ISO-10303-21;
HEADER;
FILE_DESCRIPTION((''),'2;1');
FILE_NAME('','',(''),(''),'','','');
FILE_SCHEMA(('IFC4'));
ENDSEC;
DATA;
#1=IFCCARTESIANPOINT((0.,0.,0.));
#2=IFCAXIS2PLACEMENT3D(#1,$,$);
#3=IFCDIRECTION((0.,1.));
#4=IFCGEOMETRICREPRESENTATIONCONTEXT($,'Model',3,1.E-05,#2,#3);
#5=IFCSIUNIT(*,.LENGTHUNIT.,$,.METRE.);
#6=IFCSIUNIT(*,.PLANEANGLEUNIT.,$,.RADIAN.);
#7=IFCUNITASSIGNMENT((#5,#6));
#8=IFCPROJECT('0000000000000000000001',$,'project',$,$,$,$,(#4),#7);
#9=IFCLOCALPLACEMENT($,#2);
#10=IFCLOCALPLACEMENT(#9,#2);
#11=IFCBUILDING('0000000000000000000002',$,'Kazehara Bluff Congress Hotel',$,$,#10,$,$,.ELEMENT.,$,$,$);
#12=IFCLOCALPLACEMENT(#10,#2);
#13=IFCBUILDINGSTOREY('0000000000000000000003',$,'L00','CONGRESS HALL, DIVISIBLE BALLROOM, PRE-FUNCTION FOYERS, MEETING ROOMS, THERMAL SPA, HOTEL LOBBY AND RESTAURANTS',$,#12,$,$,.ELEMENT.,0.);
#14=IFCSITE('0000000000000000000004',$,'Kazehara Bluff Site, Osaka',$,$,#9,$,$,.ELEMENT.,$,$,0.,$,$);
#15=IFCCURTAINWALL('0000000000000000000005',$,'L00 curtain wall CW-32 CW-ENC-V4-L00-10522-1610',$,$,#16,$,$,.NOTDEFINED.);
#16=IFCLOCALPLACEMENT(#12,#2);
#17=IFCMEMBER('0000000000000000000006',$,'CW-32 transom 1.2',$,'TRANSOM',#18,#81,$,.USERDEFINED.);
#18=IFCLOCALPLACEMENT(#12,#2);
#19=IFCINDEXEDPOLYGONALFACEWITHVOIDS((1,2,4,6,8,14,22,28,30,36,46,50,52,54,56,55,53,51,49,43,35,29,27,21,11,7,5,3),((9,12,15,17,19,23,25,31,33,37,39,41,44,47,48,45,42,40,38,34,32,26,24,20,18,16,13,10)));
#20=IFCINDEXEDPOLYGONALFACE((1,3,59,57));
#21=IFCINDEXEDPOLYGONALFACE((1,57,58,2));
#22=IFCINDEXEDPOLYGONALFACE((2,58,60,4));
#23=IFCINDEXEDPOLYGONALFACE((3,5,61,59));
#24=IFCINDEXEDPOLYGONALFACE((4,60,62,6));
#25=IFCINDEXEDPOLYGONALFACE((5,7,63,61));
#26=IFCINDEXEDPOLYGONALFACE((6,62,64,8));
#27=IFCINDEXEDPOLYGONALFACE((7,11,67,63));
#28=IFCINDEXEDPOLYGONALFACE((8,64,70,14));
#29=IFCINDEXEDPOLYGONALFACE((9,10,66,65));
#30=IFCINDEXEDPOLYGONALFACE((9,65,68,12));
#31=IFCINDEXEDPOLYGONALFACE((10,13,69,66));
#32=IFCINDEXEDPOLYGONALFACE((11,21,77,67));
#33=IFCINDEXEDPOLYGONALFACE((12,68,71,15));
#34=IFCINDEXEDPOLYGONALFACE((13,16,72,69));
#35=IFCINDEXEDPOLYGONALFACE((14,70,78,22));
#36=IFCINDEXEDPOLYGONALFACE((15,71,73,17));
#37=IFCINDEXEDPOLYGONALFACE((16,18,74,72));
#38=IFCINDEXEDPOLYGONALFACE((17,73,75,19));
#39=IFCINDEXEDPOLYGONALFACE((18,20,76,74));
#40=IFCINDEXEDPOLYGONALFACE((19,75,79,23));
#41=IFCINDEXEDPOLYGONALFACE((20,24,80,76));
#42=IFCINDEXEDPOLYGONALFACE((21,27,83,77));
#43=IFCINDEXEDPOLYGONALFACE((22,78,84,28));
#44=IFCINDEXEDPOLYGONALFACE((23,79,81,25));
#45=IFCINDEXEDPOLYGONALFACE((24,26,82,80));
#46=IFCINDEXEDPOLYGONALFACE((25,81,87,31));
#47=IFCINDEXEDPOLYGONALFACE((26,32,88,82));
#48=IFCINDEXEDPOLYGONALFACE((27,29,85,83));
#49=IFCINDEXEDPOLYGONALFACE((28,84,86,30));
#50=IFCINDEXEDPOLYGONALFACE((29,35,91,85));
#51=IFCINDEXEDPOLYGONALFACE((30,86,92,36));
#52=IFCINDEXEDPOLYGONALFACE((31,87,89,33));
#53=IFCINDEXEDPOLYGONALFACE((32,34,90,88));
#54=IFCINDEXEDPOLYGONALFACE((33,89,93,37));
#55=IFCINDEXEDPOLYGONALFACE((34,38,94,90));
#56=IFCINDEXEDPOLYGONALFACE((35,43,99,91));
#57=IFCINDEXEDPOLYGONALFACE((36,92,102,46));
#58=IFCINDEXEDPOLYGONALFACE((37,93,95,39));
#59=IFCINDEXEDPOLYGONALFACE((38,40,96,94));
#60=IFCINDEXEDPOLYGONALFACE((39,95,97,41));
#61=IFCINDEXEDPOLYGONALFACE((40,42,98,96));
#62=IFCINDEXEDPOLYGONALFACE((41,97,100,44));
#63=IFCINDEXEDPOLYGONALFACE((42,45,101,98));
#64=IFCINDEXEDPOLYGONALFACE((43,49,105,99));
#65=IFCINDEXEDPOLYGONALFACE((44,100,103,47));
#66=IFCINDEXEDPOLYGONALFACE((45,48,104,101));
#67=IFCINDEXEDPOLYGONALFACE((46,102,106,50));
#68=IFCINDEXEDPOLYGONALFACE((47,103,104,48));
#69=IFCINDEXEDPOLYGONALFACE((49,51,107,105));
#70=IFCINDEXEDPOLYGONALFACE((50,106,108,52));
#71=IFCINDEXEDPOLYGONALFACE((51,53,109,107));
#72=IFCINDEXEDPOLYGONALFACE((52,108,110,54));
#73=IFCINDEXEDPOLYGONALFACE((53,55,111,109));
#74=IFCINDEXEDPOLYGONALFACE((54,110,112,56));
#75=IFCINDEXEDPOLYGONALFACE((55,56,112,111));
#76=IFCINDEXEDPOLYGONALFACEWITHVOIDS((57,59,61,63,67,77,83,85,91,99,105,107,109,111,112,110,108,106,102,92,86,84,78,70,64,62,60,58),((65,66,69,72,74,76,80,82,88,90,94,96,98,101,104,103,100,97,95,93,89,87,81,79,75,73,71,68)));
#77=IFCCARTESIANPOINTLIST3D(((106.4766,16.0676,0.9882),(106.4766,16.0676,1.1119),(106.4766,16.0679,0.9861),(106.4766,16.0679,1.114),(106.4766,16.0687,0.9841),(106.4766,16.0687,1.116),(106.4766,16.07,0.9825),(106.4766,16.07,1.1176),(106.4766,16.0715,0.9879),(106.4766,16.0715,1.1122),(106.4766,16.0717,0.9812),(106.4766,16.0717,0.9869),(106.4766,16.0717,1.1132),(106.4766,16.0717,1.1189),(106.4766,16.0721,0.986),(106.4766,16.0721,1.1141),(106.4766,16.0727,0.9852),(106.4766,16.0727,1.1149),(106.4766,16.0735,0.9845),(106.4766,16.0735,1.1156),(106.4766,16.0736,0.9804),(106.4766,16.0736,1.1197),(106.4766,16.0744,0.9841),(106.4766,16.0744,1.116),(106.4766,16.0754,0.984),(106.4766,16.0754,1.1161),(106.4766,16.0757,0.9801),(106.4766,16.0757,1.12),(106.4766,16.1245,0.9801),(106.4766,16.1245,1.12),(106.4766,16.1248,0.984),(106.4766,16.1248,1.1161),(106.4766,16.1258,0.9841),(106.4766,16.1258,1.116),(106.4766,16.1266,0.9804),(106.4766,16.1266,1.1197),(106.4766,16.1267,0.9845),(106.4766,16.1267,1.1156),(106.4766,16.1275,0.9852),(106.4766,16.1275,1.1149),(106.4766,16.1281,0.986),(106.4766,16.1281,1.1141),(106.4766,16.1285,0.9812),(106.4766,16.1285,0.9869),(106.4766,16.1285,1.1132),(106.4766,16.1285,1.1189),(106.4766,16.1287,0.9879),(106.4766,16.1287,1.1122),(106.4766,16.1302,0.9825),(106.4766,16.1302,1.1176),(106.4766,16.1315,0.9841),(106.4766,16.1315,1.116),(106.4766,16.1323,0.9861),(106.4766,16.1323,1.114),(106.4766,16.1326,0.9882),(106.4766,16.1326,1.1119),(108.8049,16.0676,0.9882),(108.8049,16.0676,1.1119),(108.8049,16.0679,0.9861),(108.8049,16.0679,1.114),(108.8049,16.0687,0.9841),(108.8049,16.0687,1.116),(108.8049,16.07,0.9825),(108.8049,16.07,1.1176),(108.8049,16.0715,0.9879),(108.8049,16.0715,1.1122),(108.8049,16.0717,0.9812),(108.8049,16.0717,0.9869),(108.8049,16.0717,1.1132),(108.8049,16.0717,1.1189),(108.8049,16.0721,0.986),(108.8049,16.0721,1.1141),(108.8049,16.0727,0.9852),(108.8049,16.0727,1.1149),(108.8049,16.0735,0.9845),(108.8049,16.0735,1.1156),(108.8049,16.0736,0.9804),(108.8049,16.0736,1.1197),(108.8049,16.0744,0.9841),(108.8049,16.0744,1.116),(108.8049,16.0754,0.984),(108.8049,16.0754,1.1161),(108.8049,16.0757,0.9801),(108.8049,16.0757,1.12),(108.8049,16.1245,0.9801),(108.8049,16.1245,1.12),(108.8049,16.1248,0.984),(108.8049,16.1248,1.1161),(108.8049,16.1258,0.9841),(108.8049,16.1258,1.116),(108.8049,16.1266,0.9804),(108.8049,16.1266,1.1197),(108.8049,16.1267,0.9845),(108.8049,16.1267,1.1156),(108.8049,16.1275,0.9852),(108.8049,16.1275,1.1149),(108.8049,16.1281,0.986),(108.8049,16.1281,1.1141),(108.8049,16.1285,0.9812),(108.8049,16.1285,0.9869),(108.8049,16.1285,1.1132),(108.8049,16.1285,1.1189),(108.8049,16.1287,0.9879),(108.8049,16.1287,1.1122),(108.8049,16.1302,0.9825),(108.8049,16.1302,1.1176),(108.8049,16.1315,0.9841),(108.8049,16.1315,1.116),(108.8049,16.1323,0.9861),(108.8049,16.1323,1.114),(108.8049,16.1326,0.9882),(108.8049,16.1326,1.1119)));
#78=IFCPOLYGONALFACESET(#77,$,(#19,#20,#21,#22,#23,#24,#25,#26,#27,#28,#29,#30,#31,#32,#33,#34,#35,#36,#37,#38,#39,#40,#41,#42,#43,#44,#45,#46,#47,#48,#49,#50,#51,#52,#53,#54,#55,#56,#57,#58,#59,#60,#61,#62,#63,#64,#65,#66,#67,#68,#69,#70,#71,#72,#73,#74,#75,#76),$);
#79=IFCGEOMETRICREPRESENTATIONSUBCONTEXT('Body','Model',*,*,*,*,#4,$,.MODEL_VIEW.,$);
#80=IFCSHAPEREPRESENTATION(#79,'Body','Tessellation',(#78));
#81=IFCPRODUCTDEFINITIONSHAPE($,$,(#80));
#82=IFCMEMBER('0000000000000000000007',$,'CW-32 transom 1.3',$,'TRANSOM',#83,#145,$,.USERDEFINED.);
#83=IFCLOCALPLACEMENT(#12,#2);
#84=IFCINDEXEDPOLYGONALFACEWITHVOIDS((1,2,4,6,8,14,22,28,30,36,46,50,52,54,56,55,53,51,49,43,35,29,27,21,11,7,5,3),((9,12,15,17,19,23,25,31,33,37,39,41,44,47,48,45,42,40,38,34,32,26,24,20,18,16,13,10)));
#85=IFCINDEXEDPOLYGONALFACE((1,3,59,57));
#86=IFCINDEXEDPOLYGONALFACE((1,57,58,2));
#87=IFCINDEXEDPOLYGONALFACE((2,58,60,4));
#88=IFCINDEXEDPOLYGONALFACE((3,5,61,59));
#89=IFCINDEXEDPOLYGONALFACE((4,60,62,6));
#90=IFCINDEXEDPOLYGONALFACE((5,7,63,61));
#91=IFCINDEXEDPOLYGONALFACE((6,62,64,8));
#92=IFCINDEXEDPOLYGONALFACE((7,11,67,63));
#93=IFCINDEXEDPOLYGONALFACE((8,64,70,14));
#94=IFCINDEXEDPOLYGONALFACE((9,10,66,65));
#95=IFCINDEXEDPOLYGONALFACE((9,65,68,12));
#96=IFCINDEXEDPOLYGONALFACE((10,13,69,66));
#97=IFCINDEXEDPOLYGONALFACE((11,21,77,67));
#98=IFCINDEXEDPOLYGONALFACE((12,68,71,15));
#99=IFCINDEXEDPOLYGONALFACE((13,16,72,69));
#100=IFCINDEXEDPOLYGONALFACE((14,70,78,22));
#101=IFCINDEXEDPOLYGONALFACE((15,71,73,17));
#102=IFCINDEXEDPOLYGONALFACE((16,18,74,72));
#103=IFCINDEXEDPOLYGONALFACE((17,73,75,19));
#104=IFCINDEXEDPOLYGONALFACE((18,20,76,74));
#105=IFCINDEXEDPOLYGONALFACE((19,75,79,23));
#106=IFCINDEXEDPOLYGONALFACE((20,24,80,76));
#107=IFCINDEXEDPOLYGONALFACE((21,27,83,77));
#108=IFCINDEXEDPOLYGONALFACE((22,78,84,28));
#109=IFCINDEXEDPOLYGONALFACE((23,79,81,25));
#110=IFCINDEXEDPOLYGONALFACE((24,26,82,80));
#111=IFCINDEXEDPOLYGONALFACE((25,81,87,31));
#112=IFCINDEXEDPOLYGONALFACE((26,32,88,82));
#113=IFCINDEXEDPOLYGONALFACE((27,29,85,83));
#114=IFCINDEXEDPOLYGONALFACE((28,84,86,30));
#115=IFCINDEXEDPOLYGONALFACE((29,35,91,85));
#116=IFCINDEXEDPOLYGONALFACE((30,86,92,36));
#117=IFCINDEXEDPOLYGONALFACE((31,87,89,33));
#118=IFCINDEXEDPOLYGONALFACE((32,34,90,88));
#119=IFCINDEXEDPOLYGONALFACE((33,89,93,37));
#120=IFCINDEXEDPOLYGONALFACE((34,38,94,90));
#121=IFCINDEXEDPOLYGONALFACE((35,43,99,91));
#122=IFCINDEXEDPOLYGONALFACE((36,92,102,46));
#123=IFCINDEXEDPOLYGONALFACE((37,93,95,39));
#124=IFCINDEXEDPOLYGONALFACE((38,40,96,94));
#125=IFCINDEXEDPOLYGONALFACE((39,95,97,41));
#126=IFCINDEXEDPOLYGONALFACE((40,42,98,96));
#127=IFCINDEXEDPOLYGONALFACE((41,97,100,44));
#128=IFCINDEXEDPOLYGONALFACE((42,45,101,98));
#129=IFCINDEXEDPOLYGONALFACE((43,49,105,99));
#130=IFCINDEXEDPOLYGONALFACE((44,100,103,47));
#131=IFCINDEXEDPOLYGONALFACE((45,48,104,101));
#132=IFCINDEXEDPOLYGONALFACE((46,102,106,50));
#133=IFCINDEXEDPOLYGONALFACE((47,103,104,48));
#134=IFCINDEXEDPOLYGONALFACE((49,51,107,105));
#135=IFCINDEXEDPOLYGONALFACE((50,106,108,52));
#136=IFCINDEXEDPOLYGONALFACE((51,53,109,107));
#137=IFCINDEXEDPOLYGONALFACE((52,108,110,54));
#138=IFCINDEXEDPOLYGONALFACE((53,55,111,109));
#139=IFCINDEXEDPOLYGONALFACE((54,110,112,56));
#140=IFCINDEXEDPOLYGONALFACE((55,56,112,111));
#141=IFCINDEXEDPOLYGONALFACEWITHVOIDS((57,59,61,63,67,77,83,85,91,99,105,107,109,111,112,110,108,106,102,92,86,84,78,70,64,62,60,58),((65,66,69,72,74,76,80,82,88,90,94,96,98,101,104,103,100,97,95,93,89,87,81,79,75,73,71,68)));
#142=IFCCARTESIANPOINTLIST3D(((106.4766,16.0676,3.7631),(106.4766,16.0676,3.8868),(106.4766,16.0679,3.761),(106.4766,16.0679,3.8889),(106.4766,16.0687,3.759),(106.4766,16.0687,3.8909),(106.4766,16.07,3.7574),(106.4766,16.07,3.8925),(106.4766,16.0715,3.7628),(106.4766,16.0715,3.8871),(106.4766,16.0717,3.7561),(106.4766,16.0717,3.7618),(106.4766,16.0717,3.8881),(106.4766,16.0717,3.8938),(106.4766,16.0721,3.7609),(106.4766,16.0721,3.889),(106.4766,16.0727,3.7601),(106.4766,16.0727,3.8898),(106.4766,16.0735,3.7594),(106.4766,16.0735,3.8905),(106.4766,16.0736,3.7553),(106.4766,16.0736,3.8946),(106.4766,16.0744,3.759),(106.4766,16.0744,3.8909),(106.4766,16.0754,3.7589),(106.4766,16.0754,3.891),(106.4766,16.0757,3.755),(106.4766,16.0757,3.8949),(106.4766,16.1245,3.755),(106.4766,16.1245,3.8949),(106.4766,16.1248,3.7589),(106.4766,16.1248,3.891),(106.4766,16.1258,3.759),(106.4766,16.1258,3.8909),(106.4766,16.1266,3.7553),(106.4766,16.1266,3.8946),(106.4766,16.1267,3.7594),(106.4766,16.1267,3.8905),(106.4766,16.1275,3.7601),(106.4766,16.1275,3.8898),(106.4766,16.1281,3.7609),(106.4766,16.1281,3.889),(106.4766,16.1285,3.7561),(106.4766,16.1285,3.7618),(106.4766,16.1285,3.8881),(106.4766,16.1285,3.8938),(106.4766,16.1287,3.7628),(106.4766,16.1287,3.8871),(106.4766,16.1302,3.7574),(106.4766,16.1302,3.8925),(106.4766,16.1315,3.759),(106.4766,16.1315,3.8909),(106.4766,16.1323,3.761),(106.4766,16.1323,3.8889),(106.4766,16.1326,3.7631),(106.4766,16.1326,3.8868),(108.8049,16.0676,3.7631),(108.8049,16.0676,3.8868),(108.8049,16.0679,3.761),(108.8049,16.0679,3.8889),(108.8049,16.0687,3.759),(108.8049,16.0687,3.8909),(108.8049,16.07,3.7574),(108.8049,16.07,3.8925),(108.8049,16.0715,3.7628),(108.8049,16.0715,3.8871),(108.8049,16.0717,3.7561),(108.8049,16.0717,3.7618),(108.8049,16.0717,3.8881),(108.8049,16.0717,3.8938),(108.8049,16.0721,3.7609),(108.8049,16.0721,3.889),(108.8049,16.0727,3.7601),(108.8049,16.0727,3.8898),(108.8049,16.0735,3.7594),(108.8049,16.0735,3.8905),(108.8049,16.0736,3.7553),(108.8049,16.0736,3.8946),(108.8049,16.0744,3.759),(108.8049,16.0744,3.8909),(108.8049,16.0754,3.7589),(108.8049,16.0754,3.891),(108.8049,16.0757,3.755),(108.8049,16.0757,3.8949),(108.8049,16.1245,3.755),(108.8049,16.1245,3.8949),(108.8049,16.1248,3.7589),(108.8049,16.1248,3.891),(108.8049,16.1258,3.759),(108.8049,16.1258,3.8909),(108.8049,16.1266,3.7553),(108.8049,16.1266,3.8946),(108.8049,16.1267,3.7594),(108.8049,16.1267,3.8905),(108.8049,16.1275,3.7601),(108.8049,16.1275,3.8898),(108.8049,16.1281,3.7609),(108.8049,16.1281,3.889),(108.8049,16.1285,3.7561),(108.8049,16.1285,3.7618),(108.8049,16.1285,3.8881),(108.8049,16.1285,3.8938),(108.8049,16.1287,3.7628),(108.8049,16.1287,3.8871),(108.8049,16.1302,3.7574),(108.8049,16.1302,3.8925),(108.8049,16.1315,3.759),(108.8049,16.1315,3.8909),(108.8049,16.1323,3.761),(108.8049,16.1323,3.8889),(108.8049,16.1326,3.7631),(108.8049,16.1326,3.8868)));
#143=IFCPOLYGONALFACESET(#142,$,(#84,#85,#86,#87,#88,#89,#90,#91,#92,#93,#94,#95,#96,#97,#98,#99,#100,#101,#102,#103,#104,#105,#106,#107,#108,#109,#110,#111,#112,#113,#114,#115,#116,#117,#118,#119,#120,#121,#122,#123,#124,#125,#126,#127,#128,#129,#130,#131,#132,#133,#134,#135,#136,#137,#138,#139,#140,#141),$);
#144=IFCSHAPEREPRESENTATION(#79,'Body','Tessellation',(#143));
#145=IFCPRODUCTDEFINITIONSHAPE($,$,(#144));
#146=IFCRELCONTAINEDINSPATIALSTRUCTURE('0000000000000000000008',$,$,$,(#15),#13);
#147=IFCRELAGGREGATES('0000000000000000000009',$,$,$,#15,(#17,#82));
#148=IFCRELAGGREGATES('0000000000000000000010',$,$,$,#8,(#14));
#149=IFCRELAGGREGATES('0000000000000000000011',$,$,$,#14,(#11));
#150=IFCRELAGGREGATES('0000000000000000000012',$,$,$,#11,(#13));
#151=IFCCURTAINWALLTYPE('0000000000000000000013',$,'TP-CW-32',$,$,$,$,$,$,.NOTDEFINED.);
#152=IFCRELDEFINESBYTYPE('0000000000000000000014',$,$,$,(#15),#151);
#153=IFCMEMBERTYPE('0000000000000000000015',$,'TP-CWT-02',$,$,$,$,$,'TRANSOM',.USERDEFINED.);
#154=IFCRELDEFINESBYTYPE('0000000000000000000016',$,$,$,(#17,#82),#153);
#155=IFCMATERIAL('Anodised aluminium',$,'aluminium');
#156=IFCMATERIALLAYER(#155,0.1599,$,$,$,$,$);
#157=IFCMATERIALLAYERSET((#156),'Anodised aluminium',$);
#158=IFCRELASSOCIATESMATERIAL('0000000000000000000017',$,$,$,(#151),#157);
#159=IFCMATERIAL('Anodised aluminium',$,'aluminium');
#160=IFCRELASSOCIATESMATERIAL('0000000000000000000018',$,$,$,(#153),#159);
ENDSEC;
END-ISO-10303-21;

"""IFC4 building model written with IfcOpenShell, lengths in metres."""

from ifc_helpers import new_model, si_unit, direction, frame, origin, origin_2d, place, context, subcontext, project, spatial, hollow_rectangle, extrude, material, layer, layer_set, material_profile, profile_set, type_object, element, aggregate, save


model = new_model("IFC4")

# Units and contexts
model_context = context("Model", 3, precision=1e-05, world=origin(), true_north=direction((0.0, 1.0)))
body_context = subcontext(model_context, "Body", "Model", "MODEL_VIEW")
ifc_project = project(units=[si_unit("LENGTHUNIT", "METRE"), si_unit("PLANEANGLEUNIT", "RADIAN")], contexts=[model_context])

# Site, building, storey
site_placement = place(None, origin())
site = spatial("IfcSite", under=ifc_project, at=site_placement, Name="Kazehara Bluff Site, Osaka", CompositionType="ELEMENT", RefElevation=0.0)
building_placement = place(site_placement, origin())
building = spatial("IfcBuilding", under=site, at=building_placement, Name="Kazehara Bluff Congress Hotel", CompositionType="ELEMENT")
storey_placement = place(building_placement, origin())
storey = spatial("IfcBuildingStorey", under=building, at=storey_placement, Name="L00", Description="CONGRESS HALL, DIVISIBLE BALLROOM, PRE-FUNCTION FOYERS, MEETING ROOMS, THERMAL SPA, HOTEL LOBBY AND RESTAURANTS", CompositionType="ELEMENT", Elevation=0.0)

# Curtain wall
ifc_material_1 = material(Name="Anodised aluminium", Category="aluminium")
ifc_layer_1 = layer(ifc_material_1, 0.1599)
ifc_layer_set_1 = layer_set([ifc_layer_1], Name="Anodised aluminium")
curtain_wall_type_1 = type_object("IfcCurtainWallType", Name="TP-CW-32", PredefinedType="NOTDEFINED", material=ifc_layer_set_1)
curtain_wall_1_placement = place(storey_placement, origin())
curtain_wall_1 = element("IfcCurtainWall", 1, at=curtain_wall_1_placement, inside=storey, type_object=curtain_wall_type_1, Name="L00 curtain wall CW-32 CW-ENC-V4-L00-10522-1610", PredefinedType="NOTDEFINED")

# Members
ifc_material_2 = material(Name="Anodised aluminium", Category="aluminium")
ifc_material_profile_1 = material_profile(ifc_material_2, hollow_rectangle(XDim=0.0649, YDim=0.1399, WallThickness=0.0039, InnerFilletRadius=0.0039, OuterFilletRadius=0.0081, at=origin_2d()))
ifc_profile_set_1 = profile_set([ifc_material_profile_1], Name="Anodised aluminium")
member_type_1 = type_object("IfcMemberType", Name="TP-CWT-02", ElementType="TRANSOM", PredefinedType="USERDEFINED", material=ifc_profile_set_1)
member_1_placement = place(storey_placement, frame((108.8049, 16.1001, 1.05), z_axis=(-1.0, 0.0, 0.0), x_axis=(0.0, -1.0, 0.0)))
member_1 = element("IfcMember", 2, at=member_1_placement, type_object=member_type_1, Name="CW-32 transom 1.2", ObjectType="TRANSOM", PredefinedType="USERDEFINED", context=body_context, shape_type="SweptSolid", body=[
    extrude(hollow_rectangle(XDim=0.0649, YDim=0.1399, WallThickness=0.0039, InnerFilletRadius=0.0039, OuterFilletRadius=0.0081, at=origin_2d()), origin(), (0.0, 0.0, 1.0), 2.3284),
])
member_2_placement = place(storey_placement, frame((108.8049, 16.1001, 3.825), z_axis=(-1.0, 0.0, 0.0), x_axis=(0.0, -1.0, 0.0)))
member_2 = element("IfcMember", 3, at=member_2_placement, type_object=member_type_1, Name="CW-32 transom 1.3", ObjectType="TRANSOM", PredefinedType="USERDEFINED", context=body_context, shape_type="SweptSolid", body=[
    extrude(hollow_rectangle(XDim=0.0649, YDim=0.1399, WallThickness=0.0039, InnerFilletRadius=0.0039, OuterFilletRadius=0.0081, at=origin_2d()), origin(), (0.0, 0.0, 1.0), 2.3284),
])

aggregate(curtain_wall_1, [member_1, member_2])

save(model, "model.ifc")
